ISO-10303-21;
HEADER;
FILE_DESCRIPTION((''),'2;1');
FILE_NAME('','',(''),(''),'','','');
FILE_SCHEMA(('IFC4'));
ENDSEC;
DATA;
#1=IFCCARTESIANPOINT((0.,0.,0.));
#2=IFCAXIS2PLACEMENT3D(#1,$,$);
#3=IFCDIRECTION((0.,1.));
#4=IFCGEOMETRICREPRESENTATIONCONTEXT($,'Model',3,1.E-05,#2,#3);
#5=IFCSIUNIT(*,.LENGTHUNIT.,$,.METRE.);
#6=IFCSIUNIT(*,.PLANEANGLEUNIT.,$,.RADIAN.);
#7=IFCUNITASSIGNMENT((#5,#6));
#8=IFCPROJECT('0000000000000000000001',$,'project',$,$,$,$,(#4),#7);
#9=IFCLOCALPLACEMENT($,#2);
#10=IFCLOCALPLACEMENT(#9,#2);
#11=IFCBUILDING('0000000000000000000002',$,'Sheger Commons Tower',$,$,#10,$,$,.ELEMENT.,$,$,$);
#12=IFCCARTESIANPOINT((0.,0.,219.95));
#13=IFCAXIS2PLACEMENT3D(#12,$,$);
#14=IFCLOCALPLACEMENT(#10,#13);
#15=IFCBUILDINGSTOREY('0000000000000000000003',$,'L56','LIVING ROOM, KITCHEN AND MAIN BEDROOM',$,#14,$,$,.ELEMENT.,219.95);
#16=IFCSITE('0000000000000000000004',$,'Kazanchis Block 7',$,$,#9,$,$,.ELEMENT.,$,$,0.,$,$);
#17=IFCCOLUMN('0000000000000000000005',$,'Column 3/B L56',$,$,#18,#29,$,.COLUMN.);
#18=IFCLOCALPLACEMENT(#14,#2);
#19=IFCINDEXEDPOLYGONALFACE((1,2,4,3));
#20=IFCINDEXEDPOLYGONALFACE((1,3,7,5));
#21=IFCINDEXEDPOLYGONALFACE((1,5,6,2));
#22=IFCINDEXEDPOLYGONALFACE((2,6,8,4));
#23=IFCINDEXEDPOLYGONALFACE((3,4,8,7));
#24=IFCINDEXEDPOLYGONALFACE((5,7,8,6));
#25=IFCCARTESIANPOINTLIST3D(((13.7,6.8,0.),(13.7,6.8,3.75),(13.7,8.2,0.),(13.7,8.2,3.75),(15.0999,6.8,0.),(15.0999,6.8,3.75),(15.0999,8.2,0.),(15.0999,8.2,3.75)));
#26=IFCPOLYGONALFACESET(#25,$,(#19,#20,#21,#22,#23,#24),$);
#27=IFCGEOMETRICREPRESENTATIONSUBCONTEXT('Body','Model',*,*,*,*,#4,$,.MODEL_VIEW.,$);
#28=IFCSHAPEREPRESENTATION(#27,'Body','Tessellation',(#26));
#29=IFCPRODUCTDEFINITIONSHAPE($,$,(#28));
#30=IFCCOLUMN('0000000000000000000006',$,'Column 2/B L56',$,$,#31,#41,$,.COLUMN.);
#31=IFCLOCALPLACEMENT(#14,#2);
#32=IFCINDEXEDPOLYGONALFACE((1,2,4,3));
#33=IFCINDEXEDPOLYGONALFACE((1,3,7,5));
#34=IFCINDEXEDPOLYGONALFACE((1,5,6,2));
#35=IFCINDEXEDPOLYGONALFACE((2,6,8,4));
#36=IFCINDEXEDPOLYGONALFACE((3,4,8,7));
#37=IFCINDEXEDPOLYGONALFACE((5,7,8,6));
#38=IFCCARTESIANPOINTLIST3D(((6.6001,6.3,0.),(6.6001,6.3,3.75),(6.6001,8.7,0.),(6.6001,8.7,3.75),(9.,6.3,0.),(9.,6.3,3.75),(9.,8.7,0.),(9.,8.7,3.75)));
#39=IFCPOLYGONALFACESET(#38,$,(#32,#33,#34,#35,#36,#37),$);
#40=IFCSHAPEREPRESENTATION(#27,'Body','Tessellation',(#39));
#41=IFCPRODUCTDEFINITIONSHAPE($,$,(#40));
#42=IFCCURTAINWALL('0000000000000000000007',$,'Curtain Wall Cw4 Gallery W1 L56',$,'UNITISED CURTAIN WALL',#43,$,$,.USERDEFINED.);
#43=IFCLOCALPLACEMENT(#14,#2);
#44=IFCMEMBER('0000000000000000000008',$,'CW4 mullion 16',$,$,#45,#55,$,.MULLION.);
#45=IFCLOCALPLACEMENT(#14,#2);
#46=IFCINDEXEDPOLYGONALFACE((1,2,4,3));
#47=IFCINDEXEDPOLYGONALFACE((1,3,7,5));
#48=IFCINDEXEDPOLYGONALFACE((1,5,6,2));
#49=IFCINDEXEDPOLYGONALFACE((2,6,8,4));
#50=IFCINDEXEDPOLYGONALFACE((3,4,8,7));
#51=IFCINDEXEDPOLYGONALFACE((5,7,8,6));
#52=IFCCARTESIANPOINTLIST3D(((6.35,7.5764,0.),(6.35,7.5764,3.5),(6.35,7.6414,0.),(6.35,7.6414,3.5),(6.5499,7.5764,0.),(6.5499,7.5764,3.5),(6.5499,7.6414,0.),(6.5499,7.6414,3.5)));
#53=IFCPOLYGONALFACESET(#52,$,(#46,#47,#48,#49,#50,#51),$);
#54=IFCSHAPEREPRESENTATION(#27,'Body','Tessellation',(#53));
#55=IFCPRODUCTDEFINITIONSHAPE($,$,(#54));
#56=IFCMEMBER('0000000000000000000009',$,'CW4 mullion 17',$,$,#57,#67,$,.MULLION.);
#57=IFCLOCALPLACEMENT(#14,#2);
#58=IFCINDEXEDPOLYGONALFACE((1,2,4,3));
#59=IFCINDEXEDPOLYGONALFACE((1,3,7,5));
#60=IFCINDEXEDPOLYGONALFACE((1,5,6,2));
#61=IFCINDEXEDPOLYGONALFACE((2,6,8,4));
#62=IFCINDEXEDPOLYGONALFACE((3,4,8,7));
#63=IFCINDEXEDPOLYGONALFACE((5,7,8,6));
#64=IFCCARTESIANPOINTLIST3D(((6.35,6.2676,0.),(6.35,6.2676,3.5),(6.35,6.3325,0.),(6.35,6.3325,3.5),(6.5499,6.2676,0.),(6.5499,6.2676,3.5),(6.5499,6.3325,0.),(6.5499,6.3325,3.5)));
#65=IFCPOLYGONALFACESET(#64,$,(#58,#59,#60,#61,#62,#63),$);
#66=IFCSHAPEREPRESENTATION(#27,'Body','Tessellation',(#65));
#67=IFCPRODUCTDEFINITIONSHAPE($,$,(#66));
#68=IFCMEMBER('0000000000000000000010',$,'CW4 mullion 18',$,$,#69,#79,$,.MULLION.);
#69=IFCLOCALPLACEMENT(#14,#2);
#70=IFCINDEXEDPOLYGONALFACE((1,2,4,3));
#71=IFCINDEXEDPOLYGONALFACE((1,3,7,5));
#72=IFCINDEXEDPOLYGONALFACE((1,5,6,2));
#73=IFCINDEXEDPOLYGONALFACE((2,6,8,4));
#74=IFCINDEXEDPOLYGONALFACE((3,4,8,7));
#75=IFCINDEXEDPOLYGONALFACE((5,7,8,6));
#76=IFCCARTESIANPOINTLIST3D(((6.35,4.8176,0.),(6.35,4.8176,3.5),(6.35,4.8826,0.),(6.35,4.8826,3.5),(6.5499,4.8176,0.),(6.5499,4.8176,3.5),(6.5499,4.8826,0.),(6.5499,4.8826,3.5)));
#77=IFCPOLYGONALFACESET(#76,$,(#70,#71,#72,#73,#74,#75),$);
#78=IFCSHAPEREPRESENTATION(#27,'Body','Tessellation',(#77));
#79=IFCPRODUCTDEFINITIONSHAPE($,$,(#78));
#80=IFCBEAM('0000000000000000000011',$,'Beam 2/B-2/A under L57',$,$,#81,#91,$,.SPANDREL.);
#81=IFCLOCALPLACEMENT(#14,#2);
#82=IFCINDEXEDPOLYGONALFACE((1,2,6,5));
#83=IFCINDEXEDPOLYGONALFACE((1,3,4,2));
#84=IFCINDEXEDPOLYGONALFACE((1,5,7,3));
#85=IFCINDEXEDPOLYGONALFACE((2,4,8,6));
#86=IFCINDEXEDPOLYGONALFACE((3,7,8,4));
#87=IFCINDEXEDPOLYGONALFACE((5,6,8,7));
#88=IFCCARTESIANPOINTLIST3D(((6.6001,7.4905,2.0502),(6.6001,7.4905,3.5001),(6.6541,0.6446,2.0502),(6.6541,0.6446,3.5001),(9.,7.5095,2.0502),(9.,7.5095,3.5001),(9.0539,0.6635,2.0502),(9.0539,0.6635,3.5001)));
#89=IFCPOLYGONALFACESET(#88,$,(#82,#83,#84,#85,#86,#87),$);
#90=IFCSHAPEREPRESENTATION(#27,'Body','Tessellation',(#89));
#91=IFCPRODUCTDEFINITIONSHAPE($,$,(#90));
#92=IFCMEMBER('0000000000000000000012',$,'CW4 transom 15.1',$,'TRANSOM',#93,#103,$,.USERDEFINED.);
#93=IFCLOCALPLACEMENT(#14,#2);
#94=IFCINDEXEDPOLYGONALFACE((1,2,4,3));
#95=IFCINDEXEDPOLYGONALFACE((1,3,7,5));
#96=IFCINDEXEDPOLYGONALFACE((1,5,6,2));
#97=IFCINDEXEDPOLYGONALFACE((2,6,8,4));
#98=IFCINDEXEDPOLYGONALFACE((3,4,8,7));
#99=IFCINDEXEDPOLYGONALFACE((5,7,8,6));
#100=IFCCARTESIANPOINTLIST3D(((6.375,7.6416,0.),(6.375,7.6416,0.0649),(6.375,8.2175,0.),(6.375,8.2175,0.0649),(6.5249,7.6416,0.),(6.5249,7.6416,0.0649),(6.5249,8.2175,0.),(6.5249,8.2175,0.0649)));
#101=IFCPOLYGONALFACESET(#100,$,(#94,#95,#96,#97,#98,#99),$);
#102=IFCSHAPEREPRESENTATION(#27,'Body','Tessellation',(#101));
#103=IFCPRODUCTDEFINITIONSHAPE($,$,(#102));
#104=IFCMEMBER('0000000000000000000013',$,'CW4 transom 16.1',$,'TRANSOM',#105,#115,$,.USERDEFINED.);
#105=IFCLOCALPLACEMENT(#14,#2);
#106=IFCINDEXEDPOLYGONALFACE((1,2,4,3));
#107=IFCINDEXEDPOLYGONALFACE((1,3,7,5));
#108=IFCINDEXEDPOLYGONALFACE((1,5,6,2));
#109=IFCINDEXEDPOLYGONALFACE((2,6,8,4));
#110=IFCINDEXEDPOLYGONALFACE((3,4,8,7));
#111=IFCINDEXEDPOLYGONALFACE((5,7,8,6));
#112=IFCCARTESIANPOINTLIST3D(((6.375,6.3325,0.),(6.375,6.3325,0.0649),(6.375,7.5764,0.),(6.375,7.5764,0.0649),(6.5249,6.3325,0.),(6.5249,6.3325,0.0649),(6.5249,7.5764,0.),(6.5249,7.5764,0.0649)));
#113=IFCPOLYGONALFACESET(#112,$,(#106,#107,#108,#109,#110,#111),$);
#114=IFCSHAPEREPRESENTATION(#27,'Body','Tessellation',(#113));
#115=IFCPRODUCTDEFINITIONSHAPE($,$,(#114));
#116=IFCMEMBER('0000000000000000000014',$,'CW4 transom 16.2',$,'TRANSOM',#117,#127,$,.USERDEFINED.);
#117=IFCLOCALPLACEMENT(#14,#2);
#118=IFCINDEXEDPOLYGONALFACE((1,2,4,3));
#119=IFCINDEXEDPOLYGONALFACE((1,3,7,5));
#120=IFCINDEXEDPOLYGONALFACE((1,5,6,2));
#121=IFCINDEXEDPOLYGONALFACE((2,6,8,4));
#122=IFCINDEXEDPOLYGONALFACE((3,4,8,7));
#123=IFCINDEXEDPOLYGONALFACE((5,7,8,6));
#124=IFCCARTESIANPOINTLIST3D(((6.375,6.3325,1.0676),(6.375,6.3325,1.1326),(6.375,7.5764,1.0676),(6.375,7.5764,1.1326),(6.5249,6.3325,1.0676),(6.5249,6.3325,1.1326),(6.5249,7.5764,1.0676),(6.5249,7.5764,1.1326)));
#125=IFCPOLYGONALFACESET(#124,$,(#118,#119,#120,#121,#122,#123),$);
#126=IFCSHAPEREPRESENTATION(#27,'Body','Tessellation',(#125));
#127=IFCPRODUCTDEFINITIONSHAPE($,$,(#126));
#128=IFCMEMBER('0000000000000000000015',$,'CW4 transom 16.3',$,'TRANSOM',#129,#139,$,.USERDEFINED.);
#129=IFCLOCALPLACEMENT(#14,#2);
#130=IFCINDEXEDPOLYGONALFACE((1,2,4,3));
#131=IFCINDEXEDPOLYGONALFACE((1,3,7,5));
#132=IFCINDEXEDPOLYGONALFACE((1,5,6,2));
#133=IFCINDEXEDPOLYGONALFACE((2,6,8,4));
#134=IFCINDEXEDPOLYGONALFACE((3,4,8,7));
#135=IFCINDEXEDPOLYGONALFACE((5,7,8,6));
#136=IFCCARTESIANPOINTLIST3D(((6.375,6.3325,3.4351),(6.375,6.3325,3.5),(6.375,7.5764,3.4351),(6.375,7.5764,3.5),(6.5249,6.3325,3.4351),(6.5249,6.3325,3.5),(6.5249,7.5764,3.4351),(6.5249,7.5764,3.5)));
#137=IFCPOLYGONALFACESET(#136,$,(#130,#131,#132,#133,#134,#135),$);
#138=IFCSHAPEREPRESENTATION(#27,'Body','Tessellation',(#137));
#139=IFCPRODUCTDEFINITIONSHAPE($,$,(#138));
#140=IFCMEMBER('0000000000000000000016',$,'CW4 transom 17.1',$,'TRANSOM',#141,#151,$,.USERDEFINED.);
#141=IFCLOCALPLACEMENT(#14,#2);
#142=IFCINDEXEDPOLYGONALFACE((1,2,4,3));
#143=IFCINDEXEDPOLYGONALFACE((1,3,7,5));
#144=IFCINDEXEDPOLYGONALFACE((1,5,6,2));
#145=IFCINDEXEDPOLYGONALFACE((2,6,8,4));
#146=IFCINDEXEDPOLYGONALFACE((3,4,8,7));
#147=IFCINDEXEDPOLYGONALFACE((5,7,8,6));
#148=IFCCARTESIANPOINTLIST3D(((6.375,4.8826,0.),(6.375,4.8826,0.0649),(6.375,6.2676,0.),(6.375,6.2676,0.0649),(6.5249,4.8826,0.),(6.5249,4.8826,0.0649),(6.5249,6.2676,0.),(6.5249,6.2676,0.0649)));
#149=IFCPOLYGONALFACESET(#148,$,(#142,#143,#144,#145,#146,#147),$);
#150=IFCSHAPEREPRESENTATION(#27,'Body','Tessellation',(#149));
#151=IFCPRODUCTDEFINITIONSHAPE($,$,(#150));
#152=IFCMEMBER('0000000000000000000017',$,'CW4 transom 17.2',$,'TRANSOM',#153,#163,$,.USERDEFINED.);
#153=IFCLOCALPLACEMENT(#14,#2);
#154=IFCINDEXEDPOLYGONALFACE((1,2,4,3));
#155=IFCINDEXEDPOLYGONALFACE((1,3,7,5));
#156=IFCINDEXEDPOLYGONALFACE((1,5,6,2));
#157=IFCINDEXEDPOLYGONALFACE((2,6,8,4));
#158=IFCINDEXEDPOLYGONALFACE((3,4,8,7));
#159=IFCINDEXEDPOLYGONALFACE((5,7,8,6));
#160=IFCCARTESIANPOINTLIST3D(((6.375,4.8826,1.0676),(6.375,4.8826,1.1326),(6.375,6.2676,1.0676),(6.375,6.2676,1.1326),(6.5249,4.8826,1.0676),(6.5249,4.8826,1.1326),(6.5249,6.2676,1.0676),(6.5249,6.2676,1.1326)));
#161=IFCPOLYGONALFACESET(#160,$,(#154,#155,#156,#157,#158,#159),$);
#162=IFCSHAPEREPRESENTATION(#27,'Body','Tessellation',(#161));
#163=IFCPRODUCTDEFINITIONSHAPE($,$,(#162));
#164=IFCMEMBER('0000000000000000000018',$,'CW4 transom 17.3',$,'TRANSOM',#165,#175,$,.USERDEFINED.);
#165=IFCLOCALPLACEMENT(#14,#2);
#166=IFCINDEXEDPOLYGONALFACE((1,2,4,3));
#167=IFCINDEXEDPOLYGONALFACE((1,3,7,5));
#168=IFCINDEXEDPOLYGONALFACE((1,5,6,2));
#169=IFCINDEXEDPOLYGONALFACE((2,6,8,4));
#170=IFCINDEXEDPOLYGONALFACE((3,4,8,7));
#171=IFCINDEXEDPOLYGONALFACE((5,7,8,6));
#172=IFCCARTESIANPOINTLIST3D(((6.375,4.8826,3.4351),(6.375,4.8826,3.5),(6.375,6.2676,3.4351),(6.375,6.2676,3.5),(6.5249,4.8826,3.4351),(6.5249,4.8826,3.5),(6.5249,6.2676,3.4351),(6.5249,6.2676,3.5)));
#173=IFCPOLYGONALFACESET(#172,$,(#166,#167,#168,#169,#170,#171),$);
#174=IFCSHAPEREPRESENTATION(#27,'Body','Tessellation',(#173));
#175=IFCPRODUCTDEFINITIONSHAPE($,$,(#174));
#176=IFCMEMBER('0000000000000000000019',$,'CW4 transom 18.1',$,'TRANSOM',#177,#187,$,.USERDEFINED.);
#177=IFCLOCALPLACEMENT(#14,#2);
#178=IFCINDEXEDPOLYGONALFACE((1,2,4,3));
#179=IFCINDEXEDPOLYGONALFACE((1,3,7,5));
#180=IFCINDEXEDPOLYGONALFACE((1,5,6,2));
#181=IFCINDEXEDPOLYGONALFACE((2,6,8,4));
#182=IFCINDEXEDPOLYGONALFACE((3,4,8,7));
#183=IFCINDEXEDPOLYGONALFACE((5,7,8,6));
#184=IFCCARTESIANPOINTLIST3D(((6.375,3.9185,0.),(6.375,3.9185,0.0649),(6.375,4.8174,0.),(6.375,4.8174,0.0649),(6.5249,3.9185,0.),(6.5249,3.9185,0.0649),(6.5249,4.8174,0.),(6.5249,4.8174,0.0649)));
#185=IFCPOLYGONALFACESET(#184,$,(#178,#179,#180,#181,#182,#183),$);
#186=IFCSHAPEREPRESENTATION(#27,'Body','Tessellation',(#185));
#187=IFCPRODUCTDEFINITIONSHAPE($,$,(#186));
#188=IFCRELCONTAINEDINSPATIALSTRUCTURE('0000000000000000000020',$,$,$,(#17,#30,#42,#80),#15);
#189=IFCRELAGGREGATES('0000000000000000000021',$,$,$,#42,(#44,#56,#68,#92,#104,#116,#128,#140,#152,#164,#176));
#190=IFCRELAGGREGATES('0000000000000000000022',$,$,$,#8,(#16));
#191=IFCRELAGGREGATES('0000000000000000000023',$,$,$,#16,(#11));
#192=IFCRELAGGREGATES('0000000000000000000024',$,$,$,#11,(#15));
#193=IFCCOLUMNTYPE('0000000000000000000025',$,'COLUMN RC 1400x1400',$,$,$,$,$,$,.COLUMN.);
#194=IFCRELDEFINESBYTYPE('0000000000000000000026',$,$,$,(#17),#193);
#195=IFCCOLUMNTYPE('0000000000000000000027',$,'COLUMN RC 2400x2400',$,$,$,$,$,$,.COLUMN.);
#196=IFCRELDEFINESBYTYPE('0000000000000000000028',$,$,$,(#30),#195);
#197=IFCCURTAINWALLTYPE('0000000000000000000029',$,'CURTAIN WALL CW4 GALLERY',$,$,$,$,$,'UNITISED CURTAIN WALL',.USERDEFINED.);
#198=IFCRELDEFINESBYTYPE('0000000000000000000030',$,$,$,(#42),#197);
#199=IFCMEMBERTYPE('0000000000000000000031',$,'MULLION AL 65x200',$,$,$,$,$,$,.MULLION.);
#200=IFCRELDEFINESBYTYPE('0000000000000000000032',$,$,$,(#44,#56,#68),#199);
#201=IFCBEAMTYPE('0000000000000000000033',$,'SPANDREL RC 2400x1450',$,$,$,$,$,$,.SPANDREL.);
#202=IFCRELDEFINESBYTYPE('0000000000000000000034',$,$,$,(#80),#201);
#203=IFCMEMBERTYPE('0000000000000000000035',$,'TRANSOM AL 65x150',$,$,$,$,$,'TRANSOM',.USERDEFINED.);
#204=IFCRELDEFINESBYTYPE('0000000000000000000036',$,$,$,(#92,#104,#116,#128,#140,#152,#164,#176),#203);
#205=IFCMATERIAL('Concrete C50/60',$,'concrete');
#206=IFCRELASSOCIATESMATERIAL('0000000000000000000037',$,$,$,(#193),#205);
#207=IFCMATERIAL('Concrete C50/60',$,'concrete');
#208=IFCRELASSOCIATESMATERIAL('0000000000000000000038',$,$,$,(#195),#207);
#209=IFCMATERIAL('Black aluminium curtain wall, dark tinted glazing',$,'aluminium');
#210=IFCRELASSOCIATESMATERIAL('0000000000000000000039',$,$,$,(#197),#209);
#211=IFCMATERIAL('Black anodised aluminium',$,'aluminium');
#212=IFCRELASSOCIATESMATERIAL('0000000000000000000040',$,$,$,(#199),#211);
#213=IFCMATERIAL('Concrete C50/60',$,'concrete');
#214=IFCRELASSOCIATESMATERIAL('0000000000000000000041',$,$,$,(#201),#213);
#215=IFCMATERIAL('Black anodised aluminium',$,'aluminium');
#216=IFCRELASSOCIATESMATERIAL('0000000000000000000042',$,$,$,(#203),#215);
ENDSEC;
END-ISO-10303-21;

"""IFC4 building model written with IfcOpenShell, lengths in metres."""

from ifc_helpers import new_model, si_unit, direction, frame, origin, origin_2d, place, context, subcontext, project, spatial, rectangle, extrude, material, material_profile, profile_set, type_object, element, aggregate, save


model = new_model("IFC4")

# Units and contexts
model_context = context("Model", 3, precision=1e-05, world=origin(), true_north=direction((0.0, 1.0)))
body_context = subcontext(model_context, "Body", "Model", "MODEL_VIEW")
ifc_project = project(units=[si_unit("LENGTHUNIT", "METRE"), si_unit("PLANEANGLEUNIT", "RADIAN")], contexts=[model_context])

# Site, building, storey
site_placement = place(None, origin())
site = spatial("IfcSite", under=ifc_project, at=site_placement, Name="Kazanchis Block 7", CompositionType="ELEMENT", RefElevation=0.0)
building_placement = place(site_placement, origin())
building = spatial("IfcBuilding", under=site, at=building_placement, Name="Sheger Commons Tower", CompositionType="ELEMENT")
storey_placement = place(building_placement, frame((0.0, 0.0, 219.95)))
storey = spatial("IfcBuildingStorey", under=building, at=storey_placement, Name="L56", Description="LIVING ROOM, KITCHEN AND MAIN BEDROOM", CompositionType="ELEMENT", Elevation=219.95)

# Columns
ifc_material_1 = material(Name="Concrete C50/60", Category="concrete")
ifc_material_profile_1 = material_profile(ifc_material_1, rectangle(XDim=1.3999, YDim=1.3999, at=origin_2d()), Name="RC 1400x1400")
ifc_profile_set_1 = profile_set([ifc_material_profile_1], Name="Concrete C50/60")
column_type_1 = type_object("IfcColumnType", Name="COLUMN RC 1400x1400", PredefinedType="COLUMN", material=ifc_profile_set_1)
column_1_placement = place(storey_placement, frame((14.3999, 7.5, 0.0), z_axis=(0.0, 0.0, 1.0), x_axis=(1.0, 0.0, 0.0)))
element("IfcColumn", 1, at=column_1_placement, inside=storey, type_object=column_type_1, Name="Column 3/B L56", PredefinedType="COLUMN", context=body_context, shape_type="SweptSolid", body=[
    extrude(rectangle(XDim=1.3999, YDim=1.3999, at=origin_2d()), origin(), (0.0, 0.0, 1.0), 3.75),
])
ifc_material_2 = material(Name="Concrete C50/60", Category="concrete")
ifc_material_profile_2 = material_profile(ifc_material_2, rectangle(XDim=2.3999, YDim=2.3999, at=origin_2d()), Name="RC 2400x2400")
ifc_profile_set_2 = profile_set([ifc_material_profile_2], Name="Concrete C50/60")
column_type_2 = type_object("IfcColumnType", Name="COLUMN RC 2400x2400", PredefinedType="COLUMN", material=ifc_profile_set_2)
column_2_placement = place(storey_placement, frame((7.8, 7.5, 0.0), z_axis=(0.0, 0.0, 1.0), x_axis=(1.0, 0.0, 0.0)))
element("IfcColumn", 2, at=column_2_placement, inside=storey, type_object=column_type_2, Name="Column 2/B L56", PredefinedType="COLUMN", context=body_context, shape_type="SweptSolid", body=[
    extrude(rectangle(XDim=2.3999, YDim=2.3999, at=origin_2d()), origin(), (0.0, 0.0, 1.0), 3.75),
])

# Curtain wall, members
ifc_material_3 = material(Name="Black aluminium curtain wall, dark tinted glazing", Category="aluminium")
curtain_wall_type = type_object("IfcCurtainWallType", Name="CURTAIN WALL CW4 GALLERY", ElementType="UNITISED CURTAIN WALL", PredefinedType="USERDEFINED", material=ifc_material_3)
curtain_wall_placement = place(storey_placement, origin())
curtain_wall = element("IfcCurtainWall", 3, at=curtain_wall_placement, inside=storey, type_object=curtain_wall_type, Name="Curtain Wall Cw4 Gallery W1 L56", ObjectType="UNITISED CURTAIN WALL", PredefinedType="USERDEFINED")
ifc_material_4 = material(Name="Black anodised aluminium", Category="aluminium")
ifc_material_profile_3 = material_profile(ifc_material_4, rectangle(XDim=0.2, YDim=0.0649, at=origin_2d()), Name="AL 65x200")
ifc_profile_set_3 = profile_set([ifc_material_profile_3], Name="Black anodised aluminium")
member_type_1 = type_object("IfcMemberType", Name="MULLION AL 65x200", PredefinedType="MULLION", material=ifc_profile_set_3)
member_1_placement = place(storey_placement, frame((6.45, 7.6089, 0.0), z_axis=(0.0, 0.0, 1.0), x_axis=(1.0, 0.0, 0.0)))
member_1 = element("IfcMember", 4, at=member_1_placement, type_object=member_type_1, Name="CW4 mullion 16", PredefinedType="MULLION", context=body_context, shape_type="SweptSolid", body=[
    extrude(rectangle(XDim=0.2, YDim=0.0649, at=origin_2d()), origin(), (0.0, 0.0, 1.0), 3.5),
])
member_2_placement = place(storey_placement, frame((6.45, 6.3, 0.0), z_axis=(0.0, 0.0, 1.0), x_axis=(1.0, 0.0, 0.0)))
member_2 = element("IfcMember", 5, at=member_2_placement, type_object=member_type_1, Name="CW4 mullion 17", PredefinedType="MULLION", context=body_context, shape_type="SweptSolid", body=[
    extrude(rectangle(XDim=0.2, YDim=0.0649, at=origin_2d()), origin(), (0.0, 0.0, 1.0), 3.5),
])
member_3_placement = place(storey_placement, frame((6.45, 4.8501, 0.0), z_axis=(0.0, 0.0, 1.0), x_axis=(1.0, 0.0, 0.0)))
member_3 = element("IfcMember", 6, at=member_3_placement, type_object=member_type_1, Name="CW4 mullion 18", PredefinedType="MULLION", context=body_context, shape_type="SweptSolid", body=[
    extrude(rectangle(XDim=0.2, YDim=0.0649, at=origin_2d()), origin(), (0.0, 0.0, 1.0), 3.5),
])

# Beam
ifc_material_5 = material(Name="Concrete C50/60", Category="concrete")
ifc_material_profile_4 = material_profile(ifc_material_5, rectangle(XDim=2.3999, YDim=1.45, at=origin_2d()), Name="RC 2400x1450")
ifc_profile_set_4 = profile_set([ifc_material_profile_4], Name="Concrete C50/60")
beam_type = type_object("IfcBeamType", Name="SPANDREL RC 2400x1450", PredefinedType="SPANDREL", material=ifc_profile_set_4)
beam_placement = place(storey_placement, frame((7.8, 7.5, 2.7751), z_axis=(0.007881, -0.999969, 0.0), x_axis=(0.999969, 0.007881, 0.0)))
element("IfcBeam", 7, at=beam_placement, inside=storey, type_object=beam_type, Name="Beam 2/B-2/A under L57", PredefinedType="SPANDREL", context=body_context, shape_type="SweptSolid", body=[
    extrude(rectangle(XDim=2.3999, YDim=1.45, at=origin_2d()), origin(), (0.0, 0.0, 1.0), 6.8462),
])

# Members
ifc_material_6 = material(Name="Black anodised aluminium", Category="aluminium")
ifc_material_profile_5 = material_profile(ifc_material_6, rectangle(XDim=0.1499, YDim=0.0649, at=origin_2d()), Name="AL 65x150")
ifc_profile_set_5 = profile_set([ifc_material_profile_5], Name="Black anodised aluminium")
member_type_2 = type_object("IfcMemberType", Name="TRANSOM AL 65x150", ElementType="TRANSOM", PredefinedType="USERDEFINED", material=ifc_profile_set_5)
member_4_placement = place(storey_placement, frame((6.45, 8.2175, 0.0325), z_axis=(0.0, -1.0, 0.0), x_axis=(1.0, 0.0, 0.0)))
member_4 = element("IfcMember", 8, at=member_4_placement, type_object=member_type_2, Name="CW4 transom 15.1", ObjectType="TRANSOM", PredefinedType="USERDEFINED", context=body_context, shape_type="SweptSolid", body=[
    extrude(rectangle(XDim=0.1499, YDim=0.0649, at=origin_2d()), origin(), (0.0, 0.0, 1.0), 0.5759),
])
member_5_placement = place(storey_placement, frame((6.45, 7.5764, 0.0325), z_axis=(0.0, -1.0, 0.0), x_axis=(1.0, 0.0, 0.0)))
member_5 = element("IfcMember", 9, at=member_5_placement, type_object=member_type_2, Name="CW4 transom 16.1", ObjectType="TRANSOM", PredefinedType="USERDEFINED", context=body_context, shape_type="SweptSolid", body=[
    extrude(rectangle(XDim=0.1499, YDim=0.0649, at=origin_2d()), origin(), (0.0, 0.0, 1.0), 1.2439),
])
member_6_placement = place(storey_placement, frame((6.45, 7.5764, 1.1001), z_axis=(0.0, -1.0, 0.0), x_axis=(1.0, 0.0, 0.0)))
member_6 = element("IfcMember", 10, at=member_6_placement, type_object=member_type_2, Name="CW4 transom 16.2", ObjectType="TRANSOM", PredefinedType="USERDEFINED", context=body_context, shape_type="SweptSolid", body=[
    extrude(rectangle(XDim=0.1499, YDim=0.0649, at=origin_2d()), origin(), (0.0, 0.0, 1.0), 1.2439),
])
member_7_placement = place(storey_placement, frame((6.45, 7.5764, 3.4675), z_axis=(0.0, -1.0, 0.0), x_axis=(1.0, 0.0, 0.0)))
member_7 = element("IfcMember", 11, at=member_7_placement, type_object=member_type_2, Name="CW4 transom 16.3", ObjectType="TRANSOM", PredefinedType="USERDEFINED", context=body_context, shape_type="SweptSolid", body=[
    extrude(rectangle(XDim=0.1499, YDim=0.0649, at=origin_2d()), origin(), (0.0, 0.0, 1.0), 1.2439),
])
member_8_placement = place(storey_placement, frame((6.45, 6.2676, 0.0325), z_axis=(0.0, -1.0, 0.0), x_axis=(1.0, 0.0, 0.0)))
member_8 = element("IfcMember", 12, at=member_8_placement, type_object=member_type_2, Name="CW4 transom 17.1", ObjectType="TRANSOM", PredefinedType="USERDEFINED", context=body_context, shape_type="SweptSolid", body=[
    extrude(rectangle(XDim=0.1499, YDim=0.0649, at=origin_2d()), origin(), (0.0, 0.0, 1.0), 1.385),
])
member_9_placement = place(storey_placement, frame((6.45, 6.2676, 1.1001), z_axis=(0.0, -1.0, 0.0), x_axis=(1.0, 0.0, 0.0)))
member_9 = element("IfcMember", 13, at=member_9_placement, type_object=member_type_2, Name="CW4 transom 17.2", ObjectType="TRANSOM", PredefinedType="USERDEFINED", context=body_context, shape_type="SweptSolid", body=[
    extrude(rectangle(XDim=0.1499, YDim=0.0649, at=origin_2d()), origin(), (0.0, 0.0, 1.0), 1.385),
])
member_10_placement = place(storey_placement, frame((6.45, 6.2676, 3.4675), z_axis=(0.0, -1.0, 0.0), x_axis=(1.0, 0.0, 0.0)))
member_10 = element("IfcMember", 14, at=member_10_placement, type_object=member_type_2, Name="CW4 transom 17.3", ObjectType="TRANSOM", PredefinedType="USERDEFINED", context=body_context, shape_type="SweptSolid", body=[
    extrude(rectangle(XDim=0.1499, YDim=0.0649, at=origin_2d()), origin(), (0.0, 0.0, 1.0), 1.385),
])
member_11_placement = place(storey_placement, frame((6.45, 4.8174, 0.0325), z_axis=(0.0, -1.0, 0.0), x_axis=(1.0, 0.0, 0.0)))
member_11 = element("IfcMember", 15, at=member_11_placement, type_object=member_type_2, Name="CW4 transom 18.1", ObjectType="TRANSOM", PredefinedType="USERDEFINED", context=body_context, shape_type="SweptSolid", body=[
    extrude(rectangle(XDim=0.1499, YDim=0.0649, at=origin_2d()), origin(), (0.0, 0.0, 1.0), 0.8989),
])

aggregate(curtain_wall, [member_1, member_2, member_3, member_4, member_5, member_6, member_7, member_8, member_9, member_10, member_11])

save(model, "model.ifc")
